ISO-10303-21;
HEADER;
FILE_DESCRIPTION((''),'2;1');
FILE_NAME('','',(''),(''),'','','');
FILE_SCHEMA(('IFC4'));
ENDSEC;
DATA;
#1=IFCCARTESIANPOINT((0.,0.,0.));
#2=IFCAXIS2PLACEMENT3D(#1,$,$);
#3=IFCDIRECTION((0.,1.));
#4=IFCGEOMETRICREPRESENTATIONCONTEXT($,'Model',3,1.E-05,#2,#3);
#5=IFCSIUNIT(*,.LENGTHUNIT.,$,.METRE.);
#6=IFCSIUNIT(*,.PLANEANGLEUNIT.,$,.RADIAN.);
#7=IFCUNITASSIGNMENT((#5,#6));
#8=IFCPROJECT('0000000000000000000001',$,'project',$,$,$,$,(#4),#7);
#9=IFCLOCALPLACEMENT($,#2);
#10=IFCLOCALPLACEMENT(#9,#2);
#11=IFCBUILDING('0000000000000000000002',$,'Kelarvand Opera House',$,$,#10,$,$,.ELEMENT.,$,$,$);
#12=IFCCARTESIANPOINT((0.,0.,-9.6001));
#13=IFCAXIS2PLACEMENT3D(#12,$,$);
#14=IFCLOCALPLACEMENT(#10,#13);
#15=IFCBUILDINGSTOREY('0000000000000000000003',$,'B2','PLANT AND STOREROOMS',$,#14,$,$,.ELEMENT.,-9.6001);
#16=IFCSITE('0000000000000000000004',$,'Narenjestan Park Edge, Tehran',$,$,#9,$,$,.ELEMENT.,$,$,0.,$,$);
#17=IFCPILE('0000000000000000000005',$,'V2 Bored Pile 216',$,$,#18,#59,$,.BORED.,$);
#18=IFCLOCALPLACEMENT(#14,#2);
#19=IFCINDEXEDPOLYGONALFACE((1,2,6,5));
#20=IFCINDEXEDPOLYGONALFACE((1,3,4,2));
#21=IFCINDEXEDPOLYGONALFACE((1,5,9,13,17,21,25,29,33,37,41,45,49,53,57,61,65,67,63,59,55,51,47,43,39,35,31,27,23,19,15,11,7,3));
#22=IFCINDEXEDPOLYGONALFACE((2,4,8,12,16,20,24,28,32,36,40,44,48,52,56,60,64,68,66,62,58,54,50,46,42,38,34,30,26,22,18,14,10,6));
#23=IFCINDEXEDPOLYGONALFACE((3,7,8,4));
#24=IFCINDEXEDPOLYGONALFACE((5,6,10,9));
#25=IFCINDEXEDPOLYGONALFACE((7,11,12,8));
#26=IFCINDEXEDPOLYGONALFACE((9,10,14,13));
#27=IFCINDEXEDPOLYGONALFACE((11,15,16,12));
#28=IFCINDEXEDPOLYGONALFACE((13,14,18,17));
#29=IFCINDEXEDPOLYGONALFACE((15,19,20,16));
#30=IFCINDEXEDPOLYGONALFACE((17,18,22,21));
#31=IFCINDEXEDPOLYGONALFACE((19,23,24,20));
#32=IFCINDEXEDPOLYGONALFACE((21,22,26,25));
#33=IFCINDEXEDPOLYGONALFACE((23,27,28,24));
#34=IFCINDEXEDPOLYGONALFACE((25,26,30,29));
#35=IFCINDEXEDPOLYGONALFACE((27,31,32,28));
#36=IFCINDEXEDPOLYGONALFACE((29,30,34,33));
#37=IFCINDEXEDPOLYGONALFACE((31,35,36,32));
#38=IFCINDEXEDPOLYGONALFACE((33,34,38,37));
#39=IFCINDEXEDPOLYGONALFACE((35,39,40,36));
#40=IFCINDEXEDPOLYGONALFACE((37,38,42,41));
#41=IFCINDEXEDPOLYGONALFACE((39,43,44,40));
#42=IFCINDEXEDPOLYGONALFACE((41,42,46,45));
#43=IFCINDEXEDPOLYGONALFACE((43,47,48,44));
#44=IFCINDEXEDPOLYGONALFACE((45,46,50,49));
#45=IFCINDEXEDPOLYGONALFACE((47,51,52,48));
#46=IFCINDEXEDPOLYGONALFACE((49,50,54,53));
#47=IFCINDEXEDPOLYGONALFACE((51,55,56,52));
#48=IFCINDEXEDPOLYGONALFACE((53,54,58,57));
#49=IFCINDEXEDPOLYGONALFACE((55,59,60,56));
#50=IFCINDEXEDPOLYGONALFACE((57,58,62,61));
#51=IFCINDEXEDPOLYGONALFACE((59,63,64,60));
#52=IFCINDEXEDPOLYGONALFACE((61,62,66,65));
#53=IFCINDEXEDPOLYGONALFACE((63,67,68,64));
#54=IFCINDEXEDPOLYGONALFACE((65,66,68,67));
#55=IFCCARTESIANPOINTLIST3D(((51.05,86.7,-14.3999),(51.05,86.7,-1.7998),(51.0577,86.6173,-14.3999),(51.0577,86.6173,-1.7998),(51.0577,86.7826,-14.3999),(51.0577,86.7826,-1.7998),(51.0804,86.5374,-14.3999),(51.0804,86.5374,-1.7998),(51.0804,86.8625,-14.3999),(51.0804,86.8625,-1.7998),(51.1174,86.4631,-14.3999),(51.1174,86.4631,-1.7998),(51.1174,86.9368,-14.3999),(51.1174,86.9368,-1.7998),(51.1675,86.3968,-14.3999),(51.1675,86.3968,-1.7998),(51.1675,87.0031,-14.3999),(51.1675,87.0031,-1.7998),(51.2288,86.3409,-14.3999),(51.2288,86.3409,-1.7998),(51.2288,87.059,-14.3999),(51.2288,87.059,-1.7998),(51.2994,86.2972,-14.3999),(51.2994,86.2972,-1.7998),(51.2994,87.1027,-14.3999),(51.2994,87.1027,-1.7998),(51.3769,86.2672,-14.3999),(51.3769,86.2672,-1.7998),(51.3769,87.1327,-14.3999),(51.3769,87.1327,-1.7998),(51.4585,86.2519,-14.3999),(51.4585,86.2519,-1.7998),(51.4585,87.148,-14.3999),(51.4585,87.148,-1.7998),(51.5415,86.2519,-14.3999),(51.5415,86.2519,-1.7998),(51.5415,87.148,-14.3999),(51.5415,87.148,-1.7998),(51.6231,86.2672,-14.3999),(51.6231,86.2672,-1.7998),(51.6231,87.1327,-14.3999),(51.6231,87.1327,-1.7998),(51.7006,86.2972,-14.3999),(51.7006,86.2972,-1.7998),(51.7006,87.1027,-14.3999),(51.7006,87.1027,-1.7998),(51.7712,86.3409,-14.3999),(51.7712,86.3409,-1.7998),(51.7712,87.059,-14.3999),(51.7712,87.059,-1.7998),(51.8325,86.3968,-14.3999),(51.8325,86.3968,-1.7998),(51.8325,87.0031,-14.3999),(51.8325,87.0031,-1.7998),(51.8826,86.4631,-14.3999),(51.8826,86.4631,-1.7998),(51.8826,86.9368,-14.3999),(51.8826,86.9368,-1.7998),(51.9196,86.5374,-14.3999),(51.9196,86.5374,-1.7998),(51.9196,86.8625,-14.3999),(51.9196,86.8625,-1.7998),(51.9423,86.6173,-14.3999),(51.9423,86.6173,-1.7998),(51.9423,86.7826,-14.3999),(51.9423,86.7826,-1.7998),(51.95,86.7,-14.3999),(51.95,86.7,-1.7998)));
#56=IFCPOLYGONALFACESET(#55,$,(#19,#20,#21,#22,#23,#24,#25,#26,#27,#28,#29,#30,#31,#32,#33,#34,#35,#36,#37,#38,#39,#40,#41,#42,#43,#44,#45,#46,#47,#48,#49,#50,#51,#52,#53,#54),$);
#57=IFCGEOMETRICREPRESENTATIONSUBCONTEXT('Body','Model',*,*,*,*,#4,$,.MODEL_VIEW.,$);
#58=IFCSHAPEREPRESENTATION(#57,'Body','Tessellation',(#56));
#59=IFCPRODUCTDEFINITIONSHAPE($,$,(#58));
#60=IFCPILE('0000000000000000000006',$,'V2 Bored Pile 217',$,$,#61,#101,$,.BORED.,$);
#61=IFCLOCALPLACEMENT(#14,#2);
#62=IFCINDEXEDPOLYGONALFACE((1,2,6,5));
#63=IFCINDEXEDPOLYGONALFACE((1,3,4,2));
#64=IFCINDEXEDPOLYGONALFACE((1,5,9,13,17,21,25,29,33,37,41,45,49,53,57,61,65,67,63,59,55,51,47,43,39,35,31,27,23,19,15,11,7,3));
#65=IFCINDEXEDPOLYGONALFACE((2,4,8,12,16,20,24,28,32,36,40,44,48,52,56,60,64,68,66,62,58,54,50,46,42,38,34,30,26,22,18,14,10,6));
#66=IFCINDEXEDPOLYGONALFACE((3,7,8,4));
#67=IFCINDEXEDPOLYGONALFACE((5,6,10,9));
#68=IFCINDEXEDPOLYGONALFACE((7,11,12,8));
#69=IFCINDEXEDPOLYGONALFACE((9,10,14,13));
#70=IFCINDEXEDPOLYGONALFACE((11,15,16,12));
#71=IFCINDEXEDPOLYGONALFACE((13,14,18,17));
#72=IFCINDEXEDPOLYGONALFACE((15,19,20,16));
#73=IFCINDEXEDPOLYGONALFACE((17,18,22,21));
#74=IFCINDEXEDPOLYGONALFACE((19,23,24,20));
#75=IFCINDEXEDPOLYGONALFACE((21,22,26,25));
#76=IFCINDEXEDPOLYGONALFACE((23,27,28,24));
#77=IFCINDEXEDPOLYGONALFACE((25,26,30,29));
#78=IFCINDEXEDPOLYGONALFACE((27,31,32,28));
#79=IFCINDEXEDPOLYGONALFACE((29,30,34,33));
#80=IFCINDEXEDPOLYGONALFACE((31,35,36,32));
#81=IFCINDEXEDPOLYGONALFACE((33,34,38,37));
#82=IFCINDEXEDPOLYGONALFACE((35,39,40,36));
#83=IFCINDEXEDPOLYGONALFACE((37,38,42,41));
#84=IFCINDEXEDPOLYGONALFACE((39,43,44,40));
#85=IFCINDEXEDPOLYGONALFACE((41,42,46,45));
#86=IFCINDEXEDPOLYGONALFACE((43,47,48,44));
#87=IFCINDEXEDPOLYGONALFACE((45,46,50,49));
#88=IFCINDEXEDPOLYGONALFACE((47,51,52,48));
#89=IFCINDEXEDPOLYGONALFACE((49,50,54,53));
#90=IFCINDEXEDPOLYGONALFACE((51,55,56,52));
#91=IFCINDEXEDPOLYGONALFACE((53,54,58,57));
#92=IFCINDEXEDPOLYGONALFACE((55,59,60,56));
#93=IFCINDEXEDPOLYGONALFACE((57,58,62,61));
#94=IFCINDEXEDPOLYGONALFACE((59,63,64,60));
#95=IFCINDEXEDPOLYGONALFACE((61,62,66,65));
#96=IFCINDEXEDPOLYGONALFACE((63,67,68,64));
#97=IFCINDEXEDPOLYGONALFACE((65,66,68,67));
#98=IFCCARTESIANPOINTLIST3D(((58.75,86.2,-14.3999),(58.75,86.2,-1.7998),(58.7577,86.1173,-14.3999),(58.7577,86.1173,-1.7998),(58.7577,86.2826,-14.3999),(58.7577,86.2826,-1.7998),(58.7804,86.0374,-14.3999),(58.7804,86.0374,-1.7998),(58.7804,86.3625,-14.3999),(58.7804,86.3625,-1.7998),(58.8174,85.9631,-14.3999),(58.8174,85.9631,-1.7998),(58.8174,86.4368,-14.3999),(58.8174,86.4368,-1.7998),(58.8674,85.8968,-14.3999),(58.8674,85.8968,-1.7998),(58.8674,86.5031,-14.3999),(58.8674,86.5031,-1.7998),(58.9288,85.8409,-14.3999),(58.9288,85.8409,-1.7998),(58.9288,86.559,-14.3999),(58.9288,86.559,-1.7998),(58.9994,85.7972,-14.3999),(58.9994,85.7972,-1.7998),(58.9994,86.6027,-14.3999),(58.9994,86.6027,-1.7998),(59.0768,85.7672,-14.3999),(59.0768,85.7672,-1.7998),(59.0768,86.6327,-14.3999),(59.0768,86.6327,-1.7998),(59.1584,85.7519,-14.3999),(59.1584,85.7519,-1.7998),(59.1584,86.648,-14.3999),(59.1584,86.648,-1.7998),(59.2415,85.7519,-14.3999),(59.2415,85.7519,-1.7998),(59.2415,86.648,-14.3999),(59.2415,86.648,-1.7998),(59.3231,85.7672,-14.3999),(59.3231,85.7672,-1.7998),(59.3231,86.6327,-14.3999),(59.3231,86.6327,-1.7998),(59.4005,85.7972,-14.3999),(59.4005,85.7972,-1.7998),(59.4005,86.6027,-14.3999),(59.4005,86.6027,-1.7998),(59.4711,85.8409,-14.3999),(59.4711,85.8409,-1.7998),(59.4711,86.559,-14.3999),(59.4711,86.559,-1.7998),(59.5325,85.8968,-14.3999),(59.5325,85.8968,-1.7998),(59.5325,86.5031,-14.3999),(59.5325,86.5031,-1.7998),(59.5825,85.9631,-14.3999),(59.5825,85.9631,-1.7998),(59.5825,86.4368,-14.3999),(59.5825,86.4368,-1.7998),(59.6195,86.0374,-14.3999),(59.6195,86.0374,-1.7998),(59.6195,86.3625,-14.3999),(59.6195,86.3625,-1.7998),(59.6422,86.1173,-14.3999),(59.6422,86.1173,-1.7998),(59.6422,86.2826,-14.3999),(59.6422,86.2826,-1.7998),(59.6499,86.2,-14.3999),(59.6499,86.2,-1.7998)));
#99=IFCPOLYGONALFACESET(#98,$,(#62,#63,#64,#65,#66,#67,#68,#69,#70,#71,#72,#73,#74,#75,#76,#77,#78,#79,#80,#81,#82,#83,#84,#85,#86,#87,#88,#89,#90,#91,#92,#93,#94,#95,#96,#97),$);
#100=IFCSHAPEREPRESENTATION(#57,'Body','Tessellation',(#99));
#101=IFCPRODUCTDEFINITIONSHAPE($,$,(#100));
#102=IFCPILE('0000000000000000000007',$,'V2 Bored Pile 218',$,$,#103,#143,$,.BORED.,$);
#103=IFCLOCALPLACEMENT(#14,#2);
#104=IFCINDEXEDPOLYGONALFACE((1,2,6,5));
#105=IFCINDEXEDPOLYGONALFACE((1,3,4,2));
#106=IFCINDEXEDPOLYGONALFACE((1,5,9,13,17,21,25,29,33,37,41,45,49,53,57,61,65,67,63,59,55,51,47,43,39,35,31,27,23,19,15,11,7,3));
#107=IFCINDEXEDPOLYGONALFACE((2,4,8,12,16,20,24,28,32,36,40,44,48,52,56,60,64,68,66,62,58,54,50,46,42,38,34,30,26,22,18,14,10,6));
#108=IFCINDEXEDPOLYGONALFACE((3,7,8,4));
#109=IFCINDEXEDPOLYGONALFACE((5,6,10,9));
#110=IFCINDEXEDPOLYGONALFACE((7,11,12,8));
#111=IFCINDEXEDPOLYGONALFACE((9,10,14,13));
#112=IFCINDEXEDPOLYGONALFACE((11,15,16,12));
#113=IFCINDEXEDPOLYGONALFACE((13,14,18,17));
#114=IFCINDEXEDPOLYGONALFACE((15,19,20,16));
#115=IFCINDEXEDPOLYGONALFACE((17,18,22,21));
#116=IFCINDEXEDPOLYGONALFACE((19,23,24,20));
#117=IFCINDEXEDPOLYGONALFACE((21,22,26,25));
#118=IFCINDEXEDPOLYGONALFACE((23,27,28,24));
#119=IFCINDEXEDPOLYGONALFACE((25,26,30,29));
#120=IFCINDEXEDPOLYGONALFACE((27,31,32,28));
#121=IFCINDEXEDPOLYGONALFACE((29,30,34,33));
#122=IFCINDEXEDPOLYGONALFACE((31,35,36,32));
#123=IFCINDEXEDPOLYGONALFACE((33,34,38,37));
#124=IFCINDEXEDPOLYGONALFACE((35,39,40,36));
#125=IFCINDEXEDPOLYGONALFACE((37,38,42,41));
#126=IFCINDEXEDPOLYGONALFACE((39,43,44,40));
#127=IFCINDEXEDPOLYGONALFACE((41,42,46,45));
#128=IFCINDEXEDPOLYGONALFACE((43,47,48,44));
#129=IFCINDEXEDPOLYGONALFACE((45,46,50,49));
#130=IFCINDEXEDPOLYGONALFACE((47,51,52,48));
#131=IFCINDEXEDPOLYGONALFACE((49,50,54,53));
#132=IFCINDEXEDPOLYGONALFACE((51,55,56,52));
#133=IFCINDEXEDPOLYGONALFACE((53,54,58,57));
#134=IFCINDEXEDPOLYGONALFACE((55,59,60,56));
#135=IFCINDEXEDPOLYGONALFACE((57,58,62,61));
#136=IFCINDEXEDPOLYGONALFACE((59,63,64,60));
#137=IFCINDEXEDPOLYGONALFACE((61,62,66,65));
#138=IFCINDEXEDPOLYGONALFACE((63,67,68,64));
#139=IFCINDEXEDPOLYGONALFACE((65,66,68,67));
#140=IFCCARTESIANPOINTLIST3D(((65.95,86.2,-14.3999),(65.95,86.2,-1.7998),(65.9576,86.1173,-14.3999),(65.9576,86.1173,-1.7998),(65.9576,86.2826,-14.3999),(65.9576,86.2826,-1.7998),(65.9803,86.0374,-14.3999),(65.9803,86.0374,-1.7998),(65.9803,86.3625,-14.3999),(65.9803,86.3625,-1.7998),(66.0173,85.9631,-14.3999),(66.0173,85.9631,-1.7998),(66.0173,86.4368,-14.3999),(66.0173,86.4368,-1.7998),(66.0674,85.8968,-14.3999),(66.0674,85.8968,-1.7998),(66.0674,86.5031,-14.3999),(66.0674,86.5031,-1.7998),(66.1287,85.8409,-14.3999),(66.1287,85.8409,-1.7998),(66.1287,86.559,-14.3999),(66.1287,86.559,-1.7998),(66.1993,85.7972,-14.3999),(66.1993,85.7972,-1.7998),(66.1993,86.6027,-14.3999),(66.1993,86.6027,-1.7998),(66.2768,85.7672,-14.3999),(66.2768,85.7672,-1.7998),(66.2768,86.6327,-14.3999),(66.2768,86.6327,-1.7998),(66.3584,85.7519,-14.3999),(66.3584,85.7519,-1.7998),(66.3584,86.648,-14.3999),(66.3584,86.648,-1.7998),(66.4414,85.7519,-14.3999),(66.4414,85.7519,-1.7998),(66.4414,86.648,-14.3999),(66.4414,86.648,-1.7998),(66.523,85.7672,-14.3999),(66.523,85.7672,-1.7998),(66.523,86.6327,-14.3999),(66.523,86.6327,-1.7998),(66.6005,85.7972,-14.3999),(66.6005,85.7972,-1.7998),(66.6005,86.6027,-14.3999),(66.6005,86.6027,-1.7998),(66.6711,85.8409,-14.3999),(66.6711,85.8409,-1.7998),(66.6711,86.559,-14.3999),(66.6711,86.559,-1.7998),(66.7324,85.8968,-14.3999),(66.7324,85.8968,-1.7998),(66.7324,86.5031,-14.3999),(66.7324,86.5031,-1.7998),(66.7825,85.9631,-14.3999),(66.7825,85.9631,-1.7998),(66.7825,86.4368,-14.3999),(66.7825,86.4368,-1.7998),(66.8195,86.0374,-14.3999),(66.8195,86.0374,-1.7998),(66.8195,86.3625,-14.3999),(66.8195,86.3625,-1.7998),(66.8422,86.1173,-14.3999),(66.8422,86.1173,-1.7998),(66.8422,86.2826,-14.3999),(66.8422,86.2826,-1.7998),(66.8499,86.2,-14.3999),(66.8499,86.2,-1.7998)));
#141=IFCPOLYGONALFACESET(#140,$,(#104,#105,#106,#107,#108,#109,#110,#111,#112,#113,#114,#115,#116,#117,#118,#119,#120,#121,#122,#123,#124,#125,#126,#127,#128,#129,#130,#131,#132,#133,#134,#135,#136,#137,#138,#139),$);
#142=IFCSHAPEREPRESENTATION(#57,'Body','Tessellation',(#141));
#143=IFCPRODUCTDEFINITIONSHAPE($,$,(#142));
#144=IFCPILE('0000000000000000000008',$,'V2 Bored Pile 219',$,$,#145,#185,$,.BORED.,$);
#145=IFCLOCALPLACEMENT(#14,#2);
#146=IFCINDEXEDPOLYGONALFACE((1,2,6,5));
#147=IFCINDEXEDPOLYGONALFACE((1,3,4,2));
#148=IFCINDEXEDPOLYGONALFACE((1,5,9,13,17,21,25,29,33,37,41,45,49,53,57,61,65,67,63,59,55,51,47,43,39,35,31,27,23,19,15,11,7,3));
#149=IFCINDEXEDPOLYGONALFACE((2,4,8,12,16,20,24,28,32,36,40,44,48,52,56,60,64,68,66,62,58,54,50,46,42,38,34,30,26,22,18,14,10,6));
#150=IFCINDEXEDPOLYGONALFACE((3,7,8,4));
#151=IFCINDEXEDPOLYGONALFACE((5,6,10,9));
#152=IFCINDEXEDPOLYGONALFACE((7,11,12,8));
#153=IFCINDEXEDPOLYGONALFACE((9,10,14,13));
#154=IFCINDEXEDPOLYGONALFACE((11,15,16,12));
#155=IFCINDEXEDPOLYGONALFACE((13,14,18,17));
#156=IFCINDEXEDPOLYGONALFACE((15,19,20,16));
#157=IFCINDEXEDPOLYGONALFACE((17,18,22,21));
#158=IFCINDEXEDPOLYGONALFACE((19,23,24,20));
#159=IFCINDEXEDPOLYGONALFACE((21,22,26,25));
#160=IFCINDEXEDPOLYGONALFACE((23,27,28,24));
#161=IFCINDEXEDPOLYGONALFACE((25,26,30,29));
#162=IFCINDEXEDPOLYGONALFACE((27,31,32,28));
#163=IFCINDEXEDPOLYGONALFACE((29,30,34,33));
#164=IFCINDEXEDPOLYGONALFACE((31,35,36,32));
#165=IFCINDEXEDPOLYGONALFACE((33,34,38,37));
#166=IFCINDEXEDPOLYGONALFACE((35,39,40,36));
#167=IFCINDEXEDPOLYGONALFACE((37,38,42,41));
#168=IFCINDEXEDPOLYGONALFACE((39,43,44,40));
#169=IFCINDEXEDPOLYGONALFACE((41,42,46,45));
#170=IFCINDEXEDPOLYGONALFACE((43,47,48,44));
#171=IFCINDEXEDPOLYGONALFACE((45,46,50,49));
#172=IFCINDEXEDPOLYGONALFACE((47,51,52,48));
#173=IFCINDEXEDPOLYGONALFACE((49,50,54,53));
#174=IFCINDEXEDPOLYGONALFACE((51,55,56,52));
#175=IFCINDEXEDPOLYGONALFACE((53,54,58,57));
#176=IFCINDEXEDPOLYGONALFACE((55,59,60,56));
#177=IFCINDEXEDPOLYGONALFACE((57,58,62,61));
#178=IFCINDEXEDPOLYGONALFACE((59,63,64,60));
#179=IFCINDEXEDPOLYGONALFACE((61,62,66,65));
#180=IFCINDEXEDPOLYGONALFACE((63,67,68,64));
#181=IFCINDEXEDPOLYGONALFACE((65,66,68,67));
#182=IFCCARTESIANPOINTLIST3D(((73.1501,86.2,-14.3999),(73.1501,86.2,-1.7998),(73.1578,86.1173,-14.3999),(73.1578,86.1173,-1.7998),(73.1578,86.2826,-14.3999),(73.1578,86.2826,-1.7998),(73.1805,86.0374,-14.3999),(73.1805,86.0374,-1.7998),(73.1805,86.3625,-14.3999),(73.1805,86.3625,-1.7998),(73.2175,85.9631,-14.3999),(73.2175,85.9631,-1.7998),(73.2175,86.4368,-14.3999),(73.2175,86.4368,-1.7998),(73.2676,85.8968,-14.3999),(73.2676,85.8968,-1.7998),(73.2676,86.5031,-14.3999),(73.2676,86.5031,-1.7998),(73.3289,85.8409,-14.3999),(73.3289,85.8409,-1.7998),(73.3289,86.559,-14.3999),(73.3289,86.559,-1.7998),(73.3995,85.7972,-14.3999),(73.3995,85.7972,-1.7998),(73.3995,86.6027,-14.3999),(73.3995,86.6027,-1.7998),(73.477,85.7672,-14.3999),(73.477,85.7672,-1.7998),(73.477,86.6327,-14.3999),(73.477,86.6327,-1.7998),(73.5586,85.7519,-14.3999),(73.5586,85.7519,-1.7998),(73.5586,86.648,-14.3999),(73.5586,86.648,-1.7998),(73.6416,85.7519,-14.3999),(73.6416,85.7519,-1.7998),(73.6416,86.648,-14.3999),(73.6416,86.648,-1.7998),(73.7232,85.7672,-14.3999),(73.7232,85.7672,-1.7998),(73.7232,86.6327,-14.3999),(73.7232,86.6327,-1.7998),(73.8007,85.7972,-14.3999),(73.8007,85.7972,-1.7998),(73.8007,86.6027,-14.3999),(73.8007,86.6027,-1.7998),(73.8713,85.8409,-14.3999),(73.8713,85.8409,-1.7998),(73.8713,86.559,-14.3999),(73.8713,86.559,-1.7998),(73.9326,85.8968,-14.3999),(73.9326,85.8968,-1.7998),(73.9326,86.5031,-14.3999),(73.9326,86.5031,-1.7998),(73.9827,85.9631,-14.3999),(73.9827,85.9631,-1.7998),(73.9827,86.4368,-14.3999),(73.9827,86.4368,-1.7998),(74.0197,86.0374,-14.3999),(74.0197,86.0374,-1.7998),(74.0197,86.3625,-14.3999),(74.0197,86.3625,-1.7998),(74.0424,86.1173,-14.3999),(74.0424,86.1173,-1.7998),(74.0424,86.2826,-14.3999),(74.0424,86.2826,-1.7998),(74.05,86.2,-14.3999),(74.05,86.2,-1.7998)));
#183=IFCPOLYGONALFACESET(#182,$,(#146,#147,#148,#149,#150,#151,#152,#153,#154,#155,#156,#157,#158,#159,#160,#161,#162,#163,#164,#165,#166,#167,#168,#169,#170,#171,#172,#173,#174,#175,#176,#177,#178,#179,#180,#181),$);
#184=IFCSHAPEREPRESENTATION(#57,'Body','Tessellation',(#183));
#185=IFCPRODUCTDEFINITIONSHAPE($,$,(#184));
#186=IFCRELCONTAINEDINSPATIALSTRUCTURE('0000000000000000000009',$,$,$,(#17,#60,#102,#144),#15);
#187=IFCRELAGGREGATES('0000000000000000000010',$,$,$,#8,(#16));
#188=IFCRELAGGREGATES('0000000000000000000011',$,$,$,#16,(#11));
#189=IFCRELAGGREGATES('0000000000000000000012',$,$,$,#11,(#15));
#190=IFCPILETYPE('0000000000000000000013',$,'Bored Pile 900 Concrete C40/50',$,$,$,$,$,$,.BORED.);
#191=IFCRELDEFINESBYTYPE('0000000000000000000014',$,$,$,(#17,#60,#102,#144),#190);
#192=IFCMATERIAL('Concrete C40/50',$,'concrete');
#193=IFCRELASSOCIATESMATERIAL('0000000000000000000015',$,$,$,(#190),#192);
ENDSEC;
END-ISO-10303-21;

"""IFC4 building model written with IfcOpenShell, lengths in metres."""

from ifc_helpers import new_model, si_unit, direction, frame, origin, origin_2d, place, context, subcontext, project, spatial, circle, extrude, material, material_profile, profile_set, type_object, element, save


model = new_model("IFC4")

# Units and contexts
model_context = context("Model", 3, precision=1e-05, world=origin(), true_north=direction((0.0, 1.0)))
body_context = subcontext(model_context, "Body", "Model", "MODEL_VIEW")
ifc_project = project(units=[si_unit("LENGTHUNIT", "METRE"), si_unit("PLANEANGLEUNIT", "RADIAN")], contexts=[model_context])

# Site, building, storey
site_placement = place(None, origin())
site = spatial("IfcSite", under=ifc_project, at=site_placement, Name="Narenjestan Park Edge, Tehran", CompositionType="ELEMENT", RefElevation=0.0)
building_placement = place(site_placement, origin())
building = spatial("IfcBuilding", under=site, at=building_placement, Name="Kelarvand Opera House", CompositionType="ELEMENT")
storey_placement = place(building_placement, frame((0.0, 0.0, -9.6001)))
storey = spatial("IfcBuildingStorey", under=building, at=storey_placement, Name="B2", Description="PLANT AND STOREROOMS", CompositionType="ELEMENT", Elevation=-9.6001)

# Piles
ifc_material_1 = material(Name="Concrete C40/50", Category="concrete")
ifc_material_profile_1 = material_profile(ifc_material_1, circle(Radius=0.45, at=origin_2d()), Name="BP 900", Category="concrete")
ifc_profile_set_1 = profile_set([ifc_material_profile_1], Name="Concrete C40/50")
pile_type = type_object("IfcPileType", Name="Bored Pile 900 Concrete C40/50", PredefinedType="BORED", material=ifc_profile_set_1)
for number, where, z_axis, x_axis, name in (
    (1, (51.5, 86.7, -1.7998), (0.0, 0.0, -1.0), (1.0, 0.0, 0.0), "V2 Bored Pile 216"),
    (2, (59.2, 86.2, -1.7998), (0.0, 0.0, -1.0), (1.0, 0.0, 0.0), "V2 Bored Pile 217"),
    (3, (66.3999, 86.2, -1.7998), (0.0, 0.0, -1.0), (1.0, 0.0, 0.0), "V2 Bored Pile 218"),
    (4, (73.6001, 86.2, -1.7998), (0.0, 0.0, -1.0), (1.0, 0.0, 0.0), "V2 Bored Pile 219"),
):
    element("IfcPile", number, at=place(storey_placement, frame(where, z_axis=z_axis, x_axis=x_axis)), inside=storey, type_object=pile_type, Name=name, PredefinedType="BORED", context=body_context, shape_type="SweptSolid", body=[
        extrude(circle(Radius=0.45, at=origin_2d()), origin(), (0.0, 0.0, 1.0), 12.6001),
    ])

save(model, "model.ifc")
